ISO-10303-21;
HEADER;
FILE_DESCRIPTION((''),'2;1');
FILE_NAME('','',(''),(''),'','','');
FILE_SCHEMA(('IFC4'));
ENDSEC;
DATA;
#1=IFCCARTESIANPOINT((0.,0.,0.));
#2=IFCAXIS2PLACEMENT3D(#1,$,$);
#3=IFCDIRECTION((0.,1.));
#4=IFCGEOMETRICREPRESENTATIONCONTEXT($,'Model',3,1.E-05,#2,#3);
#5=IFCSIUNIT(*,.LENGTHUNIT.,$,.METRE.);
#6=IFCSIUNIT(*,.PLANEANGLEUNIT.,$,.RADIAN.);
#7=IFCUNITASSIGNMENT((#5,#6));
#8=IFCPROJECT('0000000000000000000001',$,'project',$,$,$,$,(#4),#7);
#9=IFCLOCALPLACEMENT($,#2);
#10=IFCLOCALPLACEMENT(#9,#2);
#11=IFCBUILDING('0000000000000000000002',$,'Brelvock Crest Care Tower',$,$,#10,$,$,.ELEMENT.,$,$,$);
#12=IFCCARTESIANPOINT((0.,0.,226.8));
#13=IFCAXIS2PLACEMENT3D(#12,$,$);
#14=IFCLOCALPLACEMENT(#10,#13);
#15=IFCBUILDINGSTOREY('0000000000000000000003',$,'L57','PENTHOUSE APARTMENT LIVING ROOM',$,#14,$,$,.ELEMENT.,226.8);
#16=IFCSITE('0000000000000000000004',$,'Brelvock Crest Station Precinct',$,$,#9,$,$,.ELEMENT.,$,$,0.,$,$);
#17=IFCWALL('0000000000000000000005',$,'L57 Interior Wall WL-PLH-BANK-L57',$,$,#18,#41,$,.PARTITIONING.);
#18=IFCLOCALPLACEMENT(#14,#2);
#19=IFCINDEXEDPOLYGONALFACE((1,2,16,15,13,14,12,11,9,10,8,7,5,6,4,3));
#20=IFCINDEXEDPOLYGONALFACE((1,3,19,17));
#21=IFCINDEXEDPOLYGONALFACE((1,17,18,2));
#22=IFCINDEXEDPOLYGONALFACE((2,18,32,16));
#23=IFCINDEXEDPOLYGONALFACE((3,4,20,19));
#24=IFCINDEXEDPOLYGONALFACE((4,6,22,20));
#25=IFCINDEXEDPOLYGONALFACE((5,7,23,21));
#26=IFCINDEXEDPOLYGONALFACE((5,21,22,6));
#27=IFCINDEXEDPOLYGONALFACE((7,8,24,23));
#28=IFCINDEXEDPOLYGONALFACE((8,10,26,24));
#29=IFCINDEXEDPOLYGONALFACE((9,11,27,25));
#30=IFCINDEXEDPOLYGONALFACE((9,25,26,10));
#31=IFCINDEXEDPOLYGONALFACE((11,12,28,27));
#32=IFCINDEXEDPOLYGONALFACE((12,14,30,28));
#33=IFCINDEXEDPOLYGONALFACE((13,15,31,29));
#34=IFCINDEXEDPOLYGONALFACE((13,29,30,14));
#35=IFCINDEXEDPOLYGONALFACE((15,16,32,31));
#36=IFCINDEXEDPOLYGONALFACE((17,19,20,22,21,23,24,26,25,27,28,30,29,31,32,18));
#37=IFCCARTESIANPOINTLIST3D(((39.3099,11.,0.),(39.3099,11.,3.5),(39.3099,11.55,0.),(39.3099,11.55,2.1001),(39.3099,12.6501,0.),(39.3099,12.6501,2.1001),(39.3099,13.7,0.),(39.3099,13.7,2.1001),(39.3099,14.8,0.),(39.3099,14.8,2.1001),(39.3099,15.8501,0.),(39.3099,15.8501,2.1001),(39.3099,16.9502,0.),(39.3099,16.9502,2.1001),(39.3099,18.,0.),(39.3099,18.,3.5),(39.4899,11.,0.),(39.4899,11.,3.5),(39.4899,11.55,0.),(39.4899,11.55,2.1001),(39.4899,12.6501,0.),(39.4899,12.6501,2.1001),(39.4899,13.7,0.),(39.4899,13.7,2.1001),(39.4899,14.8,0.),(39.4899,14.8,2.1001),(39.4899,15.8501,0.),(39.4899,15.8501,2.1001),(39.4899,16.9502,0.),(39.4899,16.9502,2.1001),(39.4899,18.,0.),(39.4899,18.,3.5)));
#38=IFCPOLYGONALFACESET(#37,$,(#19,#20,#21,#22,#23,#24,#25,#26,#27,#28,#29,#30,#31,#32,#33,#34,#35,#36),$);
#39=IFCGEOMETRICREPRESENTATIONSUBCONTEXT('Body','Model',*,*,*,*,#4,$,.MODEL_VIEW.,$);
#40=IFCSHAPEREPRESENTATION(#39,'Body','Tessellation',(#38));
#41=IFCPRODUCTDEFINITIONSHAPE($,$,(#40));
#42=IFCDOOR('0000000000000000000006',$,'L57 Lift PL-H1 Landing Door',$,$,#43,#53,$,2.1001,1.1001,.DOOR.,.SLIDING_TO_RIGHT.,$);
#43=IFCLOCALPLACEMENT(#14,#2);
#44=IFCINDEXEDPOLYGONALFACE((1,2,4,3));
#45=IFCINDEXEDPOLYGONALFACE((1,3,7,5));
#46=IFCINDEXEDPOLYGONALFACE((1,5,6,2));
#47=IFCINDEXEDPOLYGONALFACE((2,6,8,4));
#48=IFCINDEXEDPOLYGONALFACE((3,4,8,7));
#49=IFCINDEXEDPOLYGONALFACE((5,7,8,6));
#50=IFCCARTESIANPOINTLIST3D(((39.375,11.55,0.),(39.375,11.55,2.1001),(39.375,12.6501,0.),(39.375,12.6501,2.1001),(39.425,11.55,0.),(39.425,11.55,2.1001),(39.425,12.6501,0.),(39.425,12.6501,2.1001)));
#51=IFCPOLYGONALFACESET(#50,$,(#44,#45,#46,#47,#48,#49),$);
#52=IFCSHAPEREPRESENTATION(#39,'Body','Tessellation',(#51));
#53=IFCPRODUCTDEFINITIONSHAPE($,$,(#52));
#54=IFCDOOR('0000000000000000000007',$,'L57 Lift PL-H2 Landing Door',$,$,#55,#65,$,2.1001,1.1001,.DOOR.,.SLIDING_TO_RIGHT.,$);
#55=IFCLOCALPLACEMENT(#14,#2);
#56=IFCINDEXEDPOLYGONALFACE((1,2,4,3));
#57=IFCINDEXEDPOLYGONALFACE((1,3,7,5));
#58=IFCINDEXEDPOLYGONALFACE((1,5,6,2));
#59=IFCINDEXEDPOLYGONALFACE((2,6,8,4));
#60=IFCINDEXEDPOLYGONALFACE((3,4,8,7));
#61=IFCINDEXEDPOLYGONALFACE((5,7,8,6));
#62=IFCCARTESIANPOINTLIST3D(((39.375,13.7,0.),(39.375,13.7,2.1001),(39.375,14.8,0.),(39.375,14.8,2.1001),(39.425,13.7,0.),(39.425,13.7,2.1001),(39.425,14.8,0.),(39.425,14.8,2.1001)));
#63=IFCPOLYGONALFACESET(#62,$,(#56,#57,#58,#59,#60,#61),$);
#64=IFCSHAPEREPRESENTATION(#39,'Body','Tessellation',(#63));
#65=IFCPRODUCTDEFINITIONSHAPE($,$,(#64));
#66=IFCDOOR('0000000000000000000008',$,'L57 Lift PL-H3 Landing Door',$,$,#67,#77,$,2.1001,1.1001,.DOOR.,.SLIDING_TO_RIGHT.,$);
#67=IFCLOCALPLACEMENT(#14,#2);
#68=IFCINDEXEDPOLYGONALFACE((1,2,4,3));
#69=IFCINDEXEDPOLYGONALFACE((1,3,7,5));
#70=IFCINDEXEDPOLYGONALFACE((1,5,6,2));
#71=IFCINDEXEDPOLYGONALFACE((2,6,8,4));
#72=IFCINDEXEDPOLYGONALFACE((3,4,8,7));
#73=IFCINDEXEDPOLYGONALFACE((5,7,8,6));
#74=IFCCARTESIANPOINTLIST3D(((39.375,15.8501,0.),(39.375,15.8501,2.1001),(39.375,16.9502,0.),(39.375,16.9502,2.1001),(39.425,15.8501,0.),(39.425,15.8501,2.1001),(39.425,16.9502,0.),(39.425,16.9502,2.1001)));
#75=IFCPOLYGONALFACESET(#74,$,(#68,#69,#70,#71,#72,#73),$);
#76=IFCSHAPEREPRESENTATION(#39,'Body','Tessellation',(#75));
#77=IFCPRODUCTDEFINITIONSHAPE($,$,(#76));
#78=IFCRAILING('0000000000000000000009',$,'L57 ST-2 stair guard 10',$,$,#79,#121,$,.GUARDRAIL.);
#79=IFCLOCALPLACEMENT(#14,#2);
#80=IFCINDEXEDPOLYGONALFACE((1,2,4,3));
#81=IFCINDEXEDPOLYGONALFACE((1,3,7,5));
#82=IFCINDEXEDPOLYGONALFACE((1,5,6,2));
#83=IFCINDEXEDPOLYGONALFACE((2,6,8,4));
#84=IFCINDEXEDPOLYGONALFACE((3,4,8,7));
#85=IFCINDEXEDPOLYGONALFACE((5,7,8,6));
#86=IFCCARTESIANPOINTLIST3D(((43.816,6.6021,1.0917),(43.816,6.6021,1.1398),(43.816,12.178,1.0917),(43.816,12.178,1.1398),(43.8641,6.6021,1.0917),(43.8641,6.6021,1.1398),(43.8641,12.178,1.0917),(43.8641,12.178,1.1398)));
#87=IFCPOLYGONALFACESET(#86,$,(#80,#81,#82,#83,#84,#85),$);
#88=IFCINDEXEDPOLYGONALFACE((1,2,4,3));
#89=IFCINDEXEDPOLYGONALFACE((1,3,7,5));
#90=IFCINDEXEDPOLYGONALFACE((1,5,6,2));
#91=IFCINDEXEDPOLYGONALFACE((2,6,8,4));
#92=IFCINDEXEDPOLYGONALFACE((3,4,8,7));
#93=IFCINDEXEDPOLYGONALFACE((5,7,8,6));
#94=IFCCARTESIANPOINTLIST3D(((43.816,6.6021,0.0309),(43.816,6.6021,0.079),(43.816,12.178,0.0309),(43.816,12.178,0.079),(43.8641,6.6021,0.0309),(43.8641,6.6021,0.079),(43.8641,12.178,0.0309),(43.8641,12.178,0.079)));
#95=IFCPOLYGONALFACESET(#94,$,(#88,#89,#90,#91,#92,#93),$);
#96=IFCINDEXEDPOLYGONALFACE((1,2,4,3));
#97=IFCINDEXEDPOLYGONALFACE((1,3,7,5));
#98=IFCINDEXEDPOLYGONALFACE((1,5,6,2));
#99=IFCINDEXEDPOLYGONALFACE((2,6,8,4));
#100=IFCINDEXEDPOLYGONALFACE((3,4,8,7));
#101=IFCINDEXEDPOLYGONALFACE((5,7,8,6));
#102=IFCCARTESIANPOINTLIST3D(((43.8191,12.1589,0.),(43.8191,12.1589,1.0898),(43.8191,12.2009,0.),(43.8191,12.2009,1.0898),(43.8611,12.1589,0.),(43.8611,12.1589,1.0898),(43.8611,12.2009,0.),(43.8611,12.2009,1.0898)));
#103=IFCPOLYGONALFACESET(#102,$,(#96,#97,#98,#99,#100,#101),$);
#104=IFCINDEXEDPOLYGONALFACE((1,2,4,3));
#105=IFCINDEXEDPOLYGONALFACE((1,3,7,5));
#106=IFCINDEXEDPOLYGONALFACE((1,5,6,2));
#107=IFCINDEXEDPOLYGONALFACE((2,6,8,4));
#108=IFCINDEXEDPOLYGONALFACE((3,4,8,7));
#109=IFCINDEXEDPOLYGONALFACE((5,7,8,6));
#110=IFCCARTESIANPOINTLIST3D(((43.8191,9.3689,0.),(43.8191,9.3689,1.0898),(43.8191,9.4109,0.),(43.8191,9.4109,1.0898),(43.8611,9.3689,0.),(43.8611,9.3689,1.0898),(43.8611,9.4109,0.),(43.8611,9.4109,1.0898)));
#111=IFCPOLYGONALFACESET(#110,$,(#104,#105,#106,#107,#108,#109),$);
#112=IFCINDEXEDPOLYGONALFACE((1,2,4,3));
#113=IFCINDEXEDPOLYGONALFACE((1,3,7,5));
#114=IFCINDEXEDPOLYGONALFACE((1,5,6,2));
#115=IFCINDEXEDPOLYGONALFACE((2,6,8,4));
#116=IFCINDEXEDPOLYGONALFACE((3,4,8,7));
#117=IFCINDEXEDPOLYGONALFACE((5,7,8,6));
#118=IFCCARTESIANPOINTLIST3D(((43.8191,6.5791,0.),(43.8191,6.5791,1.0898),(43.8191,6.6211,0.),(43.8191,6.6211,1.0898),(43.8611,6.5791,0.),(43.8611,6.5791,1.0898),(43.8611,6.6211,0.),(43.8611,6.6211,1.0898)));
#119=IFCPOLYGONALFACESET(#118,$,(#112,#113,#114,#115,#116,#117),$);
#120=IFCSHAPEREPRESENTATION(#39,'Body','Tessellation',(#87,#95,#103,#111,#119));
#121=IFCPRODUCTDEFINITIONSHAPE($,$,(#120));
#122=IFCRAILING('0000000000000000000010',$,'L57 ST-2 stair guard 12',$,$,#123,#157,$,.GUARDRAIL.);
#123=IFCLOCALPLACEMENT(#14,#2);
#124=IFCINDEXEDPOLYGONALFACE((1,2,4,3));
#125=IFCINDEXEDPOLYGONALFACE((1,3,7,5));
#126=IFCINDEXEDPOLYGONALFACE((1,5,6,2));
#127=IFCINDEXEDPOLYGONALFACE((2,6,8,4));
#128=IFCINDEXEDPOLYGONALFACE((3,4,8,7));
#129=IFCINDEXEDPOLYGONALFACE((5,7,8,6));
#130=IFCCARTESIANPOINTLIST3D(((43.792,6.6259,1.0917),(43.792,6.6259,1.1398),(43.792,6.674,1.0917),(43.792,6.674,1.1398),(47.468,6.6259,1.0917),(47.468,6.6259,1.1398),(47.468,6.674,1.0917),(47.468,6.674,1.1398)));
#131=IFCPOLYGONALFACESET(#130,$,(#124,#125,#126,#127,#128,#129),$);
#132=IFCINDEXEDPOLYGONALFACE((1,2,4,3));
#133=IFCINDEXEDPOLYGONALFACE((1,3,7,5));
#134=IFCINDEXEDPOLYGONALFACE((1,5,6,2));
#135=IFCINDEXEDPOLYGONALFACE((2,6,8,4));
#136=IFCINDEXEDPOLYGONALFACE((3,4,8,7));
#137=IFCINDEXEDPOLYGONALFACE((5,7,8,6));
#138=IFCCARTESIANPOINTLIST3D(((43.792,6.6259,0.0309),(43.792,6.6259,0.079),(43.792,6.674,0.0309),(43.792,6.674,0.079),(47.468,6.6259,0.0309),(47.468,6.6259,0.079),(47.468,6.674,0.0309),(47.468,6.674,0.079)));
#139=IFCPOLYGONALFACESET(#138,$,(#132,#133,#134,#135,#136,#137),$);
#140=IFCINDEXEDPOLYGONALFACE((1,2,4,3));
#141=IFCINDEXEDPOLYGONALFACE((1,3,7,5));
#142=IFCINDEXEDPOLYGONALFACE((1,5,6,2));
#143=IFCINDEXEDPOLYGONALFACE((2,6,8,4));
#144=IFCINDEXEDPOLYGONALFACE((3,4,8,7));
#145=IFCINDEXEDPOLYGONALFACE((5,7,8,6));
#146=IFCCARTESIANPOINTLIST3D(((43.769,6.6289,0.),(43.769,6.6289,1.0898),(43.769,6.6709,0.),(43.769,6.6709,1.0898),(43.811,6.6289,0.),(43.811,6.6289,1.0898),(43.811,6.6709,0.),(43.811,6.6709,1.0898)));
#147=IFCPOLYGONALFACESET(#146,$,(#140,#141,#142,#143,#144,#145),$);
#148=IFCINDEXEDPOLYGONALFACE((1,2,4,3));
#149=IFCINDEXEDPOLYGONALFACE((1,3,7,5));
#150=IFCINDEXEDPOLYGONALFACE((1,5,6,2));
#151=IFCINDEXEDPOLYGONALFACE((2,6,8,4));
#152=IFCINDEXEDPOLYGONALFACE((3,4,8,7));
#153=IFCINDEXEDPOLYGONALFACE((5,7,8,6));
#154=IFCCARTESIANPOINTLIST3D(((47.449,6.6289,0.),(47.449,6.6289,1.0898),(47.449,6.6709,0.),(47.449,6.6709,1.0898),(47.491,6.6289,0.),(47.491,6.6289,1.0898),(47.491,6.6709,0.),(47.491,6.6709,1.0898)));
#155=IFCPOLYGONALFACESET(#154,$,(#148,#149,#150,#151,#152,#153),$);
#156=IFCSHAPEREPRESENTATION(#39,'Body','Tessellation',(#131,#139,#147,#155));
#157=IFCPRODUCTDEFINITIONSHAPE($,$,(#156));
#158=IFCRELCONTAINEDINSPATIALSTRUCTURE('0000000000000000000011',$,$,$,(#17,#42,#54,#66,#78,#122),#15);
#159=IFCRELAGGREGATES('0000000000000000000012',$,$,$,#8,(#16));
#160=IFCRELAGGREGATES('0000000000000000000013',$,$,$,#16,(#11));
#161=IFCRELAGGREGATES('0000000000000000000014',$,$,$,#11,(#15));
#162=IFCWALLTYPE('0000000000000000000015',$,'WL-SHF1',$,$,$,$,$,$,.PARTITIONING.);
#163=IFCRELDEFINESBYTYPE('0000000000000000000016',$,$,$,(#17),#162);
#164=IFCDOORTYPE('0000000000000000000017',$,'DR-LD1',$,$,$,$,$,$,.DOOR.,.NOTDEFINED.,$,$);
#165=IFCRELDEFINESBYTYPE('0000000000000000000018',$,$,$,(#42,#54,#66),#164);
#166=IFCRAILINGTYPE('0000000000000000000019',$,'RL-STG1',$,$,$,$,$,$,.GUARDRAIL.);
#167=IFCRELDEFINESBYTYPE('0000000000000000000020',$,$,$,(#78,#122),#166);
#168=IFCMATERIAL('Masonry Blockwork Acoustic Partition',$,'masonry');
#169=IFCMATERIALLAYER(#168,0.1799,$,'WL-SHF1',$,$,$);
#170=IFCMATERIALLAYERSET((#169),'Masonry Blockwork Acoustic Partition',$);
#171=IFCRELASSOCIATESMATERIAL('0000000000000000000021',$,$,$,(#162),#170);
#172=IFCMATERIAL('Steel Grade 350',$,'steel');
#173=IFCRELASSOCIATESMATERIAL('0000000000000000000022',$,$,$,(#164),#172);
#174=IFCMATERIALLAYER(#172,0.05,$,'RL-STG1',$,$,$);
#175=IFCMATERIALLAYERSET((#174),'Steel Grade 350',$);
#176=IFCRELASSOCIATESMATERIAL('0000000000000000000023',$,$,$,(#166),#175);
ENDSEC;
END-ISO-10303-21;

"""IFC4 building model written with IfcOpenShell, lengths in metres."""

from ifc_helpers import new_model, si_unit, direction, frame, frame_2d, origin, origin_2d, place, context, subcontext, project, spatial, rectangle, extrude, source, transform, mapped, material, layer, layer_set, type_object, element, fill, save


model = new_model("IFC4")

# Units and contexts
model_context = context("Model", 3, precision=1e-05, world=origin(), true_north=direction((0.0, 1.0)))
body_context = subcontext(model_context, "Body", "Model", "MODEL_VIEW")
ifc_project = project(units=[si_unit("LENGTHUNIT", "METRE"), si_unit("PLANEANGLEUNIT", "RADIAN")], contexts=[model_context])

# Site, building, storey
site_placement = place(None, origin())
site = spatial("IfcSite", under=ifc_project, at=site_placement, Name="Brelvock Crest Station Precinct", CompositionType="ELEMENT", RefElevation=0.0)
building_placement = place(site_placement, origin())
building = spatial("IfcBuilding", under=site, at=building_placement, Name="Brelvock Crest Care Tower", CompositionType="ELEMENT")
storey_placement = place(building_placement, frame((0.0, 0.0, 226.8)))
storey = spatial("IfcBuildingStorey", under=building, at=storey_placement, Name="L57", Description="PENTHOUSE APARTMENT LIVING ROOM", CompositionType="ELEMENT", Elevation=226.8)

# Shared definitions
ifc_material_1 = material(Name="Steel Grade 350", Category="steel")

# Shared definitions
ifc_material_2 = material(Name="Masonry Blockwork Acoustic Partition", Category="masonry")

# Shared definitions
ifc_layer_1 = layer(ifc_material_2, 0.1799, Name="WL-SHF1")
ifc_layer_set_1 = layer_set([ifc_layer_1], Name="Masonry Blockwork Acoustic Partition")
wall_type_1 = type_object("IfcWallType", Name="WL-SHF1", PredefinedType="PARTITIONING", material=ifc_layer_set_1)

# Shared definitions
door_type_1 = type_object("IfcDoorType", Name="DR-LD1", OperationType="NOTDEFINED", PredefinedType="DOOR", material=ifc_material_1)
shared_shape_1 = source(origin(), body_context, "Body", "SweptSolid", [
    extrude(rectangle(XDim=1.1001, YDim=2.1001, at=origin_2d()), frame((0.55, 0.0249, 1.05), z_axis=(0.0, -1.0, 0.0), x_axis=(1.0, 0.0, 0.0)), (0.0, 0.0, 1.0), 0.05),
])

# Wall, openings, doors
wall_1_placement = place(storey_placement, frame((39.3999, 11.0, 0.0), z_axis=(0.0, 0.0, 1.0), x_axis=(0.0, 1.0, 0.0)))
wall_1 = element("IfcWall", 1, at=wall_1_placement, inside=storey, type_object=wall_type_1, Name="L57 Interior Wall WL-PLH-BANK-L57", PredefinedType="PARTITIONING", context=body_context, shape_type="SweptSolid", body=[
    extrude(rectangle(XDim=7.0, YDim=0.1799, at=frame_2d((3.5, 0.0))), origin(), (0.0, 0.0, 1.0), 3.5),
])
opening_1_placement = place(wall_1_placement, frame((0.55, 0.0, 0.0)))
opening_1 = element("IfcOpeningElement", 2, at=opening_1_placement, cuts=wall_1, PredefinedType="OPENING", context=body_context, shape_type="SweptSolid", body=[
    extrude(rectangle(XDim=1.1001, YDim=2.1001, at=origin_2d()), frame((0.55, 0.1001, 1.05), z_axis=(0.0, -1.0, 0.0), x_axis=(1.0, 0.0, 0.0)), (0.0, 0.0, 1.0), 0.2),
])
opening_2_placement = place(wall_1_placement, frame((2.7, 0.0, 0.0)))
opening_2 = element("IfcOpeningElement", 3, at=opening_2_placement, cuts=wall_1, PredefinedType="OPENING", context=body_context, shape_type="SweptSolid", body=[
    extrude(rectangle(XDim=1.1001, YDim=2.1001, at=origin_2d()), frame((0.55, 0.1001, 1.05), z_axis=(0.0, -1.0, 0.0), x_axis=(1.0, 0.0, 0.0)), (0.0, 0.0, 1.0), 0.2),
])
opening_3_placement = place(wall_1_placement, frame((4.8501, 0.0, 0.0)))
opening_3 = element("IfcOpeningElement", 4, at=opening_3_placement, cuts=wall_1, PredefinedType="OPENING", context=body_context, shape_type="SweptSolid", body=[
    extrude(rectangle(XDim=1.1001, YDim=2.1001, at=origin_2d()), frame((0.55, 0.1001, 1.05), z_axis=(0.0, -1.0, 0.0), x_axis=(1.0, 0.0, 0.0)), (0.0, 0.0, 1.0), 0.2),
])
door_1_placement = place(opening_1_placement, origin())
door_1 = element("IfcDoor", 5, at=door_1_placement, inside=storey, type_object=door_type_1, Name="L57 Lift PL-H1 Landing Door", OperationType="SLIDING_TO_RIGHT", OverallHeight=2.1001, OverallWidth=1.1001, PredefinedType="DOOR", context=body_context, shape_type="MappedRepresentation", body=[
    mapped(shared_shape_1, transform((0.0, 0.0, 0.0), x_axis=(1.0, 0.0, 0.0), y_axis=(0.0, 1.0, 0.0), z_axis=(0.0, 0.0, 1.0), scale=1.0)),
])
fill(opening_1, door_1)
door_2_placement = place(opening_2_placement, origin())
door_2 = element("IfcDoor", 6, at=door_2_placement, inside=storey, type_object=door_type_1, Name="L57 Lift PL-H2 Landing Door", OperationType="SLIDING_TO_RIGHT", OverallHeight=2.1001, OverallWidth=1.1001, PredefinedType="DOOR", context=body_context, shape_type="MappedRepresentation", body=[
    mapped(shared_shape_1, transform((0.0, 0.0, 0.0), x_axis=(1.0, 0.0, 0.0), y_axis=(0.0, 1.0, 0.0), z_axis=(0.0, 0.0, 1.0), scale=1.0)),
])
fill(opening_2, door_2)
door_3_placement = place(opening_3_placement, origin())
door_3 = element("IfcDoor", 7, at=door_3_placement, inside=storey, type_object=door_type_1, Name="L57 Lift PL-H3 Landing Door", OperationType="SLIDING_TO_RIGHT", OverallHeight=2.1001, OverallWidth=1.1001, PredefinedType="DOOR", context=body_context, shape_type="MappedRepresentation", body=[
    mapped(shared_shape_1, transform((0.0, 0.0, 0.0), x_axis=(1.0, 0.0, 0.0), y_axis=(0.0, 1.0, 0.0), z_axis=(0.0, 0.0, 1.0), scale=1.0)),
])
fill(opening_3, door_3)

# Railings
ifc_layer_2 = layer(ifc_material_1, 0.05, Name="RL-STG1")
ifc_layer_set_2 = layer_set([ifc_layer_2], Name="Steel Grade 350")
railing_type = type_object("IfcRailingType", Name="RL-STG1", PredefinedType="GUARDRAIL", material=ifc_layer_set_2)
railing_1_placement = place(storey_placement, frame((43.8401, 12.1799, 0.0)))
element("IfcRailing", 8, at=railing_1_placement, inside=storey, type_object=railing_type, Name="L57 ST-2 stair guard 10", PredefinedType="GUARDRAIL", context=body_context, shape_type="SweptSolid", body=[
    extrude(rectangle(XDim=0.0481, YDim=0.0481, at=origin_2d()), frame((0.0, -0.002, 1.1157), z_axis=(0.0, -1.0, 0.0), x_axis=(1.0, 0.0, 0.0)), (0.0, 0.0, 1.0), 5.5759),
    extrude(rectangle(XDim=0.0481, YDim=0.0481, at=origin_2d()), frame((0.0, -0.002, 0.0549), z_axis=(0.0, -1.0, 0.0), x_axis=(1.0, 0.0, 0.0)), (0.0, 0.0, 1.0), 5.5759),
    extrude(rectangle(XDim=0.042, YDim=0.042, at=origin_2d()), origin(), (0.0, 0.0, 1.0), 1.0898),
    extrude(rectangle(XDim=0.042, YDim=0.042, at=origin_2d()), frame((0.0, -2.79, 0.0)), (0.0, 0.0, 1.0), 1.0898),
    extrude(rectangle(XDim=0.042, YDim=0.042, at=origin_2d()), frame((0.0, -5.5798, 0.0)), (0.0, 0.0, 1.0), 1.0898),
])
railing_2_placement = place(storey_placement, frame((43.79, 6.6499, 0.0)))
element("IfcRailing", 9, at=railing_2_placement, inside=storey, type_object=railing_type, Name="L57 ST-2 stair guard 12", PredefinedType="GUARDRAIL", context=body_context, shape_type="SweptSolid", body=[
    extrude(rectangle(XDim=0.0481, YDim=0.0481, at=origin_2d()), frame((0.002, 0.0, 1.1157), z_axis=(1.0, 0.0, 0.0), x_axis=(0.0, 1.0, 0.0)), (0.0, 0.0, 1.0), 3.676),
    extrude(rectangle(XDim=0.0481, YDim=0.0481, at=origin_2d()), frame((0.002, 0.0, 0.0549), z_axis=(1.0, 0.0, 0.0), x_axis=(0.0, 1.0, 0.0)), (0.0, 0.0, 1.0), 3.676),
    extrude(rectangle(XDim=0.042, YDim=0.042, at=origin_2d()), origin(), (0.0, 0.0, 1.0), 1.0898),
    extrude(rectangle(XDim=0.042, YDim=0.042, at=origin_2d()), frame((3.6799, 0.0, 0.0)), (0.0, 0.0, 1.0), 1.0898),
])

save(model, "model.ifc")
